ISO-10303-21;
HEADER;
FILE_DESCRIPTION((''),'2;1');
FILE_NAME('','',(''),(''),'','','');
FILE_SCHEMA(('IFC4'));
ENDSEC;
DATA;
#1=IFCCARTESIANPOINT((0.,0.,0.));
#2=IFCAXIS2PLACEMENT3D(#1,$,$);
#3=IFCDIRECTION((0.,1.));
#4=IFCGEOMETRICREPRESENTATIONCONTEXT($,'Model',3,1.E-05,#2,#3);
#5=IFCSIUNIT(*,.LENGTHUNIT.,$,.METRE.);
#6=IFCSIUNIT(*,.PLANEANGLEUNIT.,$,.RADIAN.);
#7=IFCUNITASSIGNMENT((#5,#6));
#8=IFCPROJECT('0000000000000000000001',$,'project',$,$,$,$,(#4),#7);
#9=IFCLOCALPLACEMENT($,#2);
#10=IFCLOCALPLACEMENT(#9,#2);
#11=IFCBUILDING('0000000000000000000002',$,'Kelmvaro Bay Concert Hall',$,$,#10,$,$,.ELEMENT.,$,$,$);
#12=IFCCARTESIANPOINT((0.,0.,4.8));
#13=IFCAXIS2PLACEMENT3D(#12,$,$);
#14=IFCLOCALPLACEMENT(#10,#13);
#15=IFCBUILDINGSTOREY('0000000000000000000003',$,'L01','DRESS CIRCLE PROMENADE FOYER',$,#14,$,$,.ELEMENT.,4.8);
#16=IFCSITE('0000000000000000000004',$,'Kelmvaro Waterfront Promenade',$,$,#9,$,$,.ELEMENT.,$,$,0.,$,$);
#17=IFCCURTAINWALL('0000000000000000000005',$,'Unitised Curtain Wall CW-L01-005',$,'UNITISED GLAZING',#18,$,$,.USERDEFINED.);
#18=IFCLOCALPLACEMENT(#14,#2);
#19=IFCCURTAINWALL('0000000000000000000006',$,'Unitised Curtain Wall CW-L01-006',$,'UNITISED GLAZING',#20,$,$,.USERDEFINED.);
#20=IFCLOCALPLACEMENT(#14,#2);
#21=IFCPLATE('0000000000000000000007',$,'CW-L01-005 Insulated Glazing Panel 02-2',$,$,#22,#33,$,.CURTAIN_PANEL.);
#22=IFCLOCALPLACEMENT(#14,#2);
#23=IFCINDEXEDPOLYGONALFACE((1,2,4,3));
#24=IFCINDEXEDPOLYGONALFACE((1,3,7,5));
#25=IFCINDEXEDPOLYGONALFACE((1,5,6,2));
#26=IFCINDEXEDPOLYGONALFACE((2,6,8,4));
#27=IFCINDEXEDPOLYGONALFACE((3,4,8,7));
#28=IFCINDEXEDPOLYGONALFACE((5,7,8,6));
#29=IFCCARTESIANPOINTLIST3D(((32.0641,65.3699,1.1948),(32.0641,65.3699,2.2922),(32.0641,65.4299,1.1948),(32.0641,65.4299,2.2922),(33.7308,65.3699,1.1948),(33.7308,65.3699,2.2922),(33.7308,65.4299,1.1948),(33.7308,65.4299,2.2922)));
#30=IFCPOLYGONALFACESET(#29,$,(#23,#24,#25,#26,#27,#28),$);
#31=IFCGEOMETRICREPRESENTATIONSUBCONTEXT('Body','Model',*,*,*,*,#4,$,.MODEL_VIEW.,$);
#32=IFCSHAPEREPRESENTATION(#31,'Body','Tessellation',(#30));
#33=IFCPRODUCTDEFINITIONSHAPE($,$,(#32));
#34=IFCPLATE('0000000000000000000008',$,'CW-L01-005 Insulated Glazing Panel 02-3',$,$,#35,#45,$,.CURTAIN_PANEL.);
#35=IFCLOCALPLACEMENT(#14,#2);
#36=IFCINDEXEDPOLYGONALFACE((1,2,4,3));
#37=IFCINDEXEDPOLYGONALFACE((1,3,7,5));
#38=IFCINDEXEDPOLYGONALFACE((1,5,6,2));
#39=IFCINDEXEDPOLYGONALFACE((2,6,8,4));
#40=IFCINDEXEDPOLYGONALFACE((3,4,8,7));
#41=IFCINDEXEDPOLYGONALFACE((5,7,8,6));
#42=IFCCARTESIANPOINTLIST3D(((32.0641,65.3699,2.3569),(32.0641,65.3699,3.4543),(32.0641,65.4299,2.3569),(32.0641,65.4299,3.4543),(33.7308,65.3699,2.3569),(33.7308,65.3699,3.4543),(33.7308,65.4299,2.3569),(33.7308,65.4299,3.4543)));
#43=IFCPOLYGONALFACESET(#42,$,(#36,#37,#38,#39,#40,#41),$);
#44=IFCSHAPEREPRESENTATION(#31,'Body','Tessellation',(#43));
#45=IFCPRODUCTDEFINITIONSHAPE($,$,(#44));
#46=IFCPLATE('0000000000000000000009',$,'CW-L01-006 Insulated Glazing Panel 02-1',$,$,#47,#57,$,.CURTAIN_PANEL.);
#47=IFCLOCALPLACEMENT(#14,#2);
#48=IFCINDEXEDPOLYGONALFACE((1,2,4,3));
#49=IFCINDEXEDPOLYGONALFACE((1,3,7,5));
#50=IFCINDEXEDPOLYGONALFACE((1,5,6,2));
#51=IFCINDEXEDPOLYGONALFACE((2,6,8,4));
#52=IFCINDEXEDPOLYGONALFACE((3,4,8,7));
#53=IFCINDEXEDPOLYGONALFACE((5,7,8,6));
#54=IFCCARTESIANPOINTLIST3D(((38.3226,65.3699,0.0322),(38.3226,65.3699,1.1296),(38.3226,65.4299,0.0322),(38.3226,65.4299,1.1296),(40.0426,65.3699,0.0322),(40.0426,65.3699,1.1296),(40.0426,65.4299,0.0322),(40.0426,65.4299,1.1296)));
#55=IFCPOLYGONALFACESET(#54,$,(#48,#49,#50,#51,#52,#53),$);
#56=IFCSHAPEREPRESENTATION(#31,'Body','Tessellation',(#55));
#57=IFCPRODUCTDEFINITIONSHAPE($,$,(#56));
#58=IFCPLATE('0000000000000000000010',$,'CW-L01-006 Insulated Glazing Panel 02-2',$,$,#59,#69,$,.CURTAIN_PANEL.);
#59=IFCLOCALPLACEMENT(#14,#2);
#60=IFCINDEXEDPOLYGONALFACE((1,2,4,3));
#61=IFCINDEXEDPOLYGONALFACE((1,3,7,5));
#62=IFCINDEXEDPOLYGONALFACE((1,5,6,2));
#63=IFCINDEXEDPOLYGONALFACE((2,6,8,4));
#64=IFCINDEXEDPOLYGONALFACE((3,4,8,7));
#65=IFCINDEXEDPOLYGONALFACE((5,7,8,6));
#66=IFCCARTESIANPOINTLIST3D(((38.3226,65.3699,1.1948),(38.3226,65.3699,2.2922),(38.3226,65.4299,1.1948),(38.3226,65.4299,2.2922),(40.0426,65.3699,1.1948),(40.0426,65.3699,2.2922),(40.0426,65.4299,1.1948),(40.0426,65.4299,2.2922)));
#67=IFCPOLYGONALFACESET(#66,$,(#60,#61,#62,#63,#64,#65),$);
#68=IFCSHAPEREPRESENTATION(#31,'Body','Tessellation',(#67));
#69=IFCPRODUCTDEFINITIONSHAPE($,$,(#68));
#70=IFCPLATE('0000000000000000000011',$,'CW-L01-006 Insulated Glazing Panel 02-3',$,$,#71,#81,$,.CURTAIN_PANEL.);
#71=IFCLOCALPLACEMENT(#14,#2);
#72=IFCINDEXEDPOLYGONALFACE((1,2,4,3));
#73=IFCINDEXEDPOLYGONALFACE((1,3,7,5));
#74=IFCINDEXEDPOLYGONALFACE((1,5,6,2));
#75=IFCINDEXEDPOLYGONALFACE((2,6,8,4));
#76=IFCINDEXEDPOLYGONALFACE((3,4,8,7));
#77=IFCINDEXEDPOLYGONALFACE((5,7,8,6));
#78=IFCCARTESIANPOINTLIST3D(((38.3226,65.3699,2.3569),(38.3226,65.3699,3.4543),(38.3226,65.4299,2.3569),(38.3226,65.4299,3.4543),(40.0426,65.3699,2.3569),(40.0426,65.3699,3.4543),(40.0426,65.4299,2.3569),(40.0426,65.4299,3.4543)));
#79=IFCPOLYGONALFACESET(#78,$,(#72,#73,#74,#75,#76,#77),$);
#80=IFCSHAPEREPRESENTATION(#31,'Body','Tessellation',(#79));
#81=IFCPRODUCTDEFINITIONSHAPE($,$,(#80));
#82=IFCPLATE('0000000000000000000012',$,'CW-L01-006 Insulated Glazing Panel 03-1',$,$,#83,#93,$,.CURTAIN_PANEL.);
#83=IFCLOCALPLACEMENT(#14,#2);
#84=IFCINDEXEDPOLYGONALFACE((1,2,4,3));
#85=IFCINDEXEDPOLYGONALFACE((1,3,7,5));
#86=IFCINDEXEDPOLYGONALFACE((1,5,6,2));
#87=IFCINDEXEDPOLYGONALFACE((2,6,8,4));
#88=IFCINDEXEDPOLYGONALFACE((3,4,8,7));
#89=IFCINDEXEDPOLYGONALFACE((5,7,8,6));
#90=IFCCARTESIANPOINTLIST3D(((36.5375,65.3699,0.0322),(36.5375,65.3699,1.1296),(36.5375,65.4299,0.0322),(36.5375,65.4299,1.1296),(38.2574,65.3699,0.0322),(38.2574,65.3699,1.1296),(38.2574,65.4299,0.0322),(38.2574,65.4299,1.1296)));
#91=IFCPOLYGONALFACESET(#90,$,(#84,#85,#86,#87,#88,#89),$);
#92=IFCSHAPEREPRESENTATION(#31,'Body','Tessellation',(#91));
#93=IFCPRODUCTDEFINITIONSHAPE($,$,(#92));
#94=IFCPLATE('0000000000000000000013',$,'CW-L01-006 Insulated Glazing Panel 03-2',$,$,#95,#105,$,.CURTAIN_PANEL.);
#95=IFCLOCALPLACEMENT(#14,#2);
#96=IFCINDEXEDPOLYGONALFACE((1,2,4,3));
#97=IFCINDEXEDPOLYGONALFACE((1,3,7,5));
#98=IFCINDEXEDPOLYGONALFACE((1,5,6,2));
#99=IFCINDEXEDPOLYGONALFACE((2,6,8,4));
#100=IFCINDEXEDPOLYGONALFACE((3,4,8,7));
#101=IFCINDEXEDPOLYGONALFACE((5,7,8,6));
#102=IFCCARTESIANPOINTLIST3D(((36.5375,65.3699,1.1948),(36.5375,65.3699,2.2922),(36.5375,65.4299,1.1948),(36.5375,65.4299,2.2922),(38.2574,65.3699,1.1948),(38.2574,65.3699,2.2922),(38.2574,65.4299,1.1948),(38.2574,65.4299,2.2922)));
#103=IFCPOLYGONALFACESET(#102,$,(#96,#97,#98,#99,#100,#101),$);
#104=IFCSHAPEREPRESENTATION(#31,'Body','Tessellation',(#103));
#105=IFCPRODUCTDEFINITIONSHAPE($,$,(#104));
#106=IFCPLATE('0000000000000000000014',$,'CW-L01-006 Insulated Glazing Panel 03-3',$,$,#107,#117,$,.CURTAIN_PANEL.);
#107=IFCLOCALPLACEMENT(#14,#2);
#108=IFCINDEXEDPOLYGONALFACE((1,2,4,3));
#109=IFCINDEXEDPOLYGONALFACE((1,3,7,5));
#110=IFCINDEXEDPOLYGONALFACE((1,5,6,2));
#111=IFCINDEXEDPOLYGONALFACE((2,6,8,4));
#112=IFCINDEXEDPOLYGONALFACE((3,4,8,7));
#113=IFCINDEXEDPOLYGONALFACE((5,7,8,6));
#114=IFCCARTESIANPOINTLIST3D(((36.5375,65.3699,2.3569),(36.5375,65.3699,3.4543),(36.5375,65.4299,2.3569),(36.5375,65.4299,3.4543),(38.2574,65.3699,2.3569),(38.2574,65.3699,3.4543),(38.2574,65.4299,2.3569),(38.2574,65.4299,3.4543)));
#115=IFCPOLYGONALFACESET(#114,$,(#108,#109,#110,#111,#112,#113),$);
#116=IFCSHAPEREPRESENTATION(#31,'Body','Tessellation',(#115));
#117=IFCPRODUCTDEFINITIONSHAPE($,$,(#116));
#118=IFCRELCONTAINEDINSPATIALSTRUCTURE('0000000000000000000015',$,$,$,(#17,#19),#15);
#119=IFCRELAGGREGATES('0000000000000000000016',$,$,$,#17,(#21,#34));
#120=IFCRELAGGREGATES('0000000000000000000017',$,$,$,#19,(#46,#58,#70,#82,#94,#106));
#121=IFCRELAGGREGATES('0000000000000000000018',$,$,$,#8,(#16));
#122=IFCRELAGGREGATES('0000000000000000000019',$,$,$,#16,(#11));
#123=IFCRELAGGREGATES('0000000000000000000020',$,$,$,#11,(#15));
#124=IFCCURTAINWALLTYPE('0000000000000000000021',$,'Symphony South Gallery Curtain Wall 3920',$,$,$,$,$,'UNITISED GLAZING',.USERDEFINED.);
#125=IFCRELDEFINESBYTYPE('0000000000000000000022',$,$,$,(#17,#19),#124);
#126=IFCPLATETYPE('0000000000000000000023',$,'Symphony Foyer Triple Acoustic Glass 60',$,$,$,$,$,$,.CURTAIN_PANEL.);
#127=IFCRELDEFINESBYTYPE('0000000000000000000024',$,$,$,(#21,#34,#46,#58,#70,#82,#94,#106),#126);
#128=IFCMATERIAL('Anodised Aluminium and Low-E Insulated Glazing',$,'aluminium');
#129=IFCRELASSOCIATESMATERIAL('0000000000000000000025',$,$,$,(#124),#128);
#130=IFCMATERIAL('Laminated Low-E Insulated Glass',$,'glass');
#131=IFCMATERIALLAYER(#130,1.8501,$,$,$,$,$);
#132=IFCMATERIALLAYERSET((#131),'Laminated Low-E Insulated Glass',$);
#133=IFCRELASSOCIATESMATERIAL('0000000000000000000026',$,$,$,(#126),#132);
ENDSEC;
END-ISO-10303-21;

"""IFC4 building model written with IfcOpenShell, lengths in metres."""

from ifc_helpers import new_model, si_unit, direction, frame, origin, origin_2d, place, context, subcontext, project, spatial, rectangle, extrude, material, layer, layer_set, type_object, element, aggregate, save


model = new_model("IFC4")

# Units and contexts
model_context = context("Model", 3, precision=1e-05, world=origin(), true_north=direction((0.0, 1.0)))
body_context = subcontext(model_context, "Body", "Model", "MODEL_VIEW")
ifc_project = project(units=[si_unit("LENGTHUNIT", "METRE"), si_unit("PLANEANGLEUNIT", "RADIAN")], contexts=[model_context])

# Site, building, storey
site_placement = place(None, origin())
site = spatial("IfcSite", under=ifc_project, at=site_placement, Name="Kelmvaro Waterfront Promenade", CompositionType="ELEMENT", RefElevation=0.0)
building_placement = place(site_placement, origin())
building = spatial("IfcBuilding", under=site, at=building_placement, Name="Kelmvaro Bay Concert Hall", CompositionType="ELEMENT")
storey_placement = place(building_placement, frame((0.0, 0.0, 4.8)))
storey = spatial("IfcBuildingStorey", under=building, at=storey_placement, Name="L01", Description="DRESS CIRCLE PROMENADE FOYER", CompositionType="ELEMENT", Elevation=4.8)

# Curtain walls
ifc_material_1 = material(Name="Anodised Aluminium and Low-E Insulated Glazing", Category="aluminium")
curtain_wall_type_1 = type_object("IfcCurtainWallType", Name="Symphony South Gallery Curtain Wall 3920", ElementType="UNITISED GLAZING", PredefinedType="USERDEFINED", material=ifc_material_1)
curtain_wall_1_placement = place(storey_placement, origin())
curtain_wall_1 = element("IfcCurtainWall", 1, at=curtain_wall_1_placement, inside=storey, type_object=curtain_wall_type_1, Name="Unitised Curtain Wall CW-L01-005", ObjectType="UNITISED GLAZING", PredefinedType="USERDEFINED")
curtain_wall_2_placement = place(storey_placement, origin())
curtain_wall_2 = element("IfcCurtainWall", 2, at=curtain_wall_2_placement, inside=storey, type_object=curtain_wall_type_1, Name="Unitised Curtain Wall CW-L01-006", ObjectType="UNITISED GLAZING", PredefinedType="USERDEFINED")

# Plates
ifc_material_2 = material(Name="Laminated Low-E Insulated Glass", Category="glass")
ifc_layer_1 = layer(ifc_material_2, 1.8501)
ifc_layer_set_1 = layer_set([ifc_layer_1], Name="Laminated Low-E Insulated Glass")
plate_type_1 = type_object("IfcPlateType", Name="Symphony Foyer Triple Acoustic Glass 60", PredefinedType="CURTAIN_PANEL", material=ifc_layer_set_1)
plate_1_placement = place(storey_placement, frame((32.8975, 65.3999, 1.1948), z_axis=(0.0, 0.0, 1.0), x_axis=(-1.0, 0.0, 0.0)))
plate_1 = element("IfcPlate", 3, at=plate_1_placement, type_object=plate_type_1, Name="CW-L01-005 Insulated Glazing Panel 02-2", PredefinedType="CURTAIN_PANEL", context=body_context, shape_type="SweptSolid", body=[
    extrude(rectangle(XDim=1.6667, YDim=0.0601, at=origin_2d()), origin(), (0.0, 0.0, 1.0), 1.0974),
])
plate_2_placement = place(storey_placement, frame((32.8975, 65.3999, 2.3569), z_axis=(0.0, 0.0, 1.0), x_axis=(-1.0, 0.0, 0.0)))
plate_2 = element("IfcPlate", 4, at=plate_2_placement, type_object=plate_type_1, Name="CW-L01-005 Insulated Glazing Panel 02-3", PredefinedType="CURTAIN_PANEL", context=body_context, shape_type="SweptSolid", body=[
    extrude(rectangle(XDim=1.6667, YDim=0.0601, at=origin_2d()), origin(), (0.0, 0.0, 1.0), 1.0974),
])
aggregate(curtain_wall_1, [plate_1, plate_2])
plate_3_placement = place(storey_placement, frame((39.1826, 65.3999, 0.0322), z_axis=(0.0, 0.0, 1.0), x_axis=(-1.0, 0.0, 0.0)))
plate_3 = element("IfcPlate", 5, at=plate_3_placement, type_object=plate_type_1, Name="CW-L01-006 Insulated Glazing Panel 02-1", PredefinedType="CURTAIN_PANEL", context=body_context, shape_type="SweptSolid", body=[
    extrude(rectangle(XDim=1.72, YDim=0.0601, at=origin_2d()), origin(), (0.0, 0.0, 1.0), 1.0974),
])
plate_4_placement = place(storey_placement, frame((39.1826, 65.3999, 1.1948), z_axis=(0.0, 0.0, 1.0), x_axis=(-1.0, 0.0, 0.0)))
plate_4 = element("IfcPlate", 6, at=plate_4_placement, type_object=plate_type_1, Name="CW-L01-006 Insulated Glazing Panel 02-2", PredefinedType="CURTAIN_PANEL", context=body_context, shape_type="SweptSolid", body=[
    extrude(rectangle(XDim=1.72, YDim=0.0601, at=origin_2d()), origin(), (0.0, 0.0, 1.0), 1.0974),
])
plate_5_placement = place(storey_placement, frame((39.1826, 65.3999, 2.3569), z_axis=(0.0, 0.0, 1.0), x_axis=(-1.0, 0.0, 0.0)))
plate_5 = element("IfcPlate", 7, at=plate_5_placement, type_object=plate_type_1, Name="CW-L01-006 Insulated Glazing Panel 02-3", PredefinedType="CURTAIN_PANEL", context=body_context, shape_type="SweptSolid", body=[
    extrude(rectangle(XDim=1.72, YDim=0.0601, at=origin_2d()), origin(), (0.0, 0.0, 1.0), 1.0974),
])
plate_6_placement = place(storey_placement, frame((37.3975, 65.3999, 0.0322), z_axis=(0.0, 0.0, 1.0), x_axis=(-1.0, 0.0, 0.0)))
plate_6 = element("IfcPlate", 8, at=plate_6_placement, type_object=plate_type_1, Name="CW-L01-006 Insulated Glazing Panel 03-1", PredefinedType="CURTAIN_PANEL", context=body_context, shape_type="SweptSolid", body=[
    extrude(rectangle(XDim=1.72, YDim=0.0601, at=origin_2d()), origin(), (0.0, 0.0, 1.0), 1.0974),
])
plate_7_placement = place(storey_placement, frame((37.3975, 65.3999, 1.1948), z_axis=(0.0, 0.0, 1.0), x_axis=(-1.0, 0.0, 0.0)))
plate_7 = element("IfcPlate", 9, at=plate_7_placement, type_object=plate_type_1, Name="CW-L01-006 Insulated Glazing Panel 03-2", PredefinedType="CURTAIN_PANEL", context=body_context, shape_type="SweptSolid", body=[
    extrude(rectangle(XDim=1.72, YDim=0.0601, at=origin_2d()), origin(), (0.0, 0.0, 1.0), 1.0974),
])
plate_8_placement = place(storey_placement, frame((37.3975, 65.3999, 2.3569), z_axis=(0.0, 0.0, 1.0), x_axis=(-1.0, 0.0, 0.0)))
plate_8 = element("IfcPlate", 10, at=plate_8_placement, type_object=plate_type_1, Name="CW-L01-006 Insulated Glazing Panel 03-3", PredefinedType="CURTAIN_PANEL", context=body_context, shape_type="SweptSolid", body=[
    extrude(rectangle(XDim=1.72, YDim=0.0601, at=origin_2d()), origin(), (0.0, 0.0, 1.0), 1.0974),
])
aggregate(curtain_wall_2, [plate_3, plate_4, plate_5, plate_6, plate_7, plate_8])

save(model, "model.ifc")
